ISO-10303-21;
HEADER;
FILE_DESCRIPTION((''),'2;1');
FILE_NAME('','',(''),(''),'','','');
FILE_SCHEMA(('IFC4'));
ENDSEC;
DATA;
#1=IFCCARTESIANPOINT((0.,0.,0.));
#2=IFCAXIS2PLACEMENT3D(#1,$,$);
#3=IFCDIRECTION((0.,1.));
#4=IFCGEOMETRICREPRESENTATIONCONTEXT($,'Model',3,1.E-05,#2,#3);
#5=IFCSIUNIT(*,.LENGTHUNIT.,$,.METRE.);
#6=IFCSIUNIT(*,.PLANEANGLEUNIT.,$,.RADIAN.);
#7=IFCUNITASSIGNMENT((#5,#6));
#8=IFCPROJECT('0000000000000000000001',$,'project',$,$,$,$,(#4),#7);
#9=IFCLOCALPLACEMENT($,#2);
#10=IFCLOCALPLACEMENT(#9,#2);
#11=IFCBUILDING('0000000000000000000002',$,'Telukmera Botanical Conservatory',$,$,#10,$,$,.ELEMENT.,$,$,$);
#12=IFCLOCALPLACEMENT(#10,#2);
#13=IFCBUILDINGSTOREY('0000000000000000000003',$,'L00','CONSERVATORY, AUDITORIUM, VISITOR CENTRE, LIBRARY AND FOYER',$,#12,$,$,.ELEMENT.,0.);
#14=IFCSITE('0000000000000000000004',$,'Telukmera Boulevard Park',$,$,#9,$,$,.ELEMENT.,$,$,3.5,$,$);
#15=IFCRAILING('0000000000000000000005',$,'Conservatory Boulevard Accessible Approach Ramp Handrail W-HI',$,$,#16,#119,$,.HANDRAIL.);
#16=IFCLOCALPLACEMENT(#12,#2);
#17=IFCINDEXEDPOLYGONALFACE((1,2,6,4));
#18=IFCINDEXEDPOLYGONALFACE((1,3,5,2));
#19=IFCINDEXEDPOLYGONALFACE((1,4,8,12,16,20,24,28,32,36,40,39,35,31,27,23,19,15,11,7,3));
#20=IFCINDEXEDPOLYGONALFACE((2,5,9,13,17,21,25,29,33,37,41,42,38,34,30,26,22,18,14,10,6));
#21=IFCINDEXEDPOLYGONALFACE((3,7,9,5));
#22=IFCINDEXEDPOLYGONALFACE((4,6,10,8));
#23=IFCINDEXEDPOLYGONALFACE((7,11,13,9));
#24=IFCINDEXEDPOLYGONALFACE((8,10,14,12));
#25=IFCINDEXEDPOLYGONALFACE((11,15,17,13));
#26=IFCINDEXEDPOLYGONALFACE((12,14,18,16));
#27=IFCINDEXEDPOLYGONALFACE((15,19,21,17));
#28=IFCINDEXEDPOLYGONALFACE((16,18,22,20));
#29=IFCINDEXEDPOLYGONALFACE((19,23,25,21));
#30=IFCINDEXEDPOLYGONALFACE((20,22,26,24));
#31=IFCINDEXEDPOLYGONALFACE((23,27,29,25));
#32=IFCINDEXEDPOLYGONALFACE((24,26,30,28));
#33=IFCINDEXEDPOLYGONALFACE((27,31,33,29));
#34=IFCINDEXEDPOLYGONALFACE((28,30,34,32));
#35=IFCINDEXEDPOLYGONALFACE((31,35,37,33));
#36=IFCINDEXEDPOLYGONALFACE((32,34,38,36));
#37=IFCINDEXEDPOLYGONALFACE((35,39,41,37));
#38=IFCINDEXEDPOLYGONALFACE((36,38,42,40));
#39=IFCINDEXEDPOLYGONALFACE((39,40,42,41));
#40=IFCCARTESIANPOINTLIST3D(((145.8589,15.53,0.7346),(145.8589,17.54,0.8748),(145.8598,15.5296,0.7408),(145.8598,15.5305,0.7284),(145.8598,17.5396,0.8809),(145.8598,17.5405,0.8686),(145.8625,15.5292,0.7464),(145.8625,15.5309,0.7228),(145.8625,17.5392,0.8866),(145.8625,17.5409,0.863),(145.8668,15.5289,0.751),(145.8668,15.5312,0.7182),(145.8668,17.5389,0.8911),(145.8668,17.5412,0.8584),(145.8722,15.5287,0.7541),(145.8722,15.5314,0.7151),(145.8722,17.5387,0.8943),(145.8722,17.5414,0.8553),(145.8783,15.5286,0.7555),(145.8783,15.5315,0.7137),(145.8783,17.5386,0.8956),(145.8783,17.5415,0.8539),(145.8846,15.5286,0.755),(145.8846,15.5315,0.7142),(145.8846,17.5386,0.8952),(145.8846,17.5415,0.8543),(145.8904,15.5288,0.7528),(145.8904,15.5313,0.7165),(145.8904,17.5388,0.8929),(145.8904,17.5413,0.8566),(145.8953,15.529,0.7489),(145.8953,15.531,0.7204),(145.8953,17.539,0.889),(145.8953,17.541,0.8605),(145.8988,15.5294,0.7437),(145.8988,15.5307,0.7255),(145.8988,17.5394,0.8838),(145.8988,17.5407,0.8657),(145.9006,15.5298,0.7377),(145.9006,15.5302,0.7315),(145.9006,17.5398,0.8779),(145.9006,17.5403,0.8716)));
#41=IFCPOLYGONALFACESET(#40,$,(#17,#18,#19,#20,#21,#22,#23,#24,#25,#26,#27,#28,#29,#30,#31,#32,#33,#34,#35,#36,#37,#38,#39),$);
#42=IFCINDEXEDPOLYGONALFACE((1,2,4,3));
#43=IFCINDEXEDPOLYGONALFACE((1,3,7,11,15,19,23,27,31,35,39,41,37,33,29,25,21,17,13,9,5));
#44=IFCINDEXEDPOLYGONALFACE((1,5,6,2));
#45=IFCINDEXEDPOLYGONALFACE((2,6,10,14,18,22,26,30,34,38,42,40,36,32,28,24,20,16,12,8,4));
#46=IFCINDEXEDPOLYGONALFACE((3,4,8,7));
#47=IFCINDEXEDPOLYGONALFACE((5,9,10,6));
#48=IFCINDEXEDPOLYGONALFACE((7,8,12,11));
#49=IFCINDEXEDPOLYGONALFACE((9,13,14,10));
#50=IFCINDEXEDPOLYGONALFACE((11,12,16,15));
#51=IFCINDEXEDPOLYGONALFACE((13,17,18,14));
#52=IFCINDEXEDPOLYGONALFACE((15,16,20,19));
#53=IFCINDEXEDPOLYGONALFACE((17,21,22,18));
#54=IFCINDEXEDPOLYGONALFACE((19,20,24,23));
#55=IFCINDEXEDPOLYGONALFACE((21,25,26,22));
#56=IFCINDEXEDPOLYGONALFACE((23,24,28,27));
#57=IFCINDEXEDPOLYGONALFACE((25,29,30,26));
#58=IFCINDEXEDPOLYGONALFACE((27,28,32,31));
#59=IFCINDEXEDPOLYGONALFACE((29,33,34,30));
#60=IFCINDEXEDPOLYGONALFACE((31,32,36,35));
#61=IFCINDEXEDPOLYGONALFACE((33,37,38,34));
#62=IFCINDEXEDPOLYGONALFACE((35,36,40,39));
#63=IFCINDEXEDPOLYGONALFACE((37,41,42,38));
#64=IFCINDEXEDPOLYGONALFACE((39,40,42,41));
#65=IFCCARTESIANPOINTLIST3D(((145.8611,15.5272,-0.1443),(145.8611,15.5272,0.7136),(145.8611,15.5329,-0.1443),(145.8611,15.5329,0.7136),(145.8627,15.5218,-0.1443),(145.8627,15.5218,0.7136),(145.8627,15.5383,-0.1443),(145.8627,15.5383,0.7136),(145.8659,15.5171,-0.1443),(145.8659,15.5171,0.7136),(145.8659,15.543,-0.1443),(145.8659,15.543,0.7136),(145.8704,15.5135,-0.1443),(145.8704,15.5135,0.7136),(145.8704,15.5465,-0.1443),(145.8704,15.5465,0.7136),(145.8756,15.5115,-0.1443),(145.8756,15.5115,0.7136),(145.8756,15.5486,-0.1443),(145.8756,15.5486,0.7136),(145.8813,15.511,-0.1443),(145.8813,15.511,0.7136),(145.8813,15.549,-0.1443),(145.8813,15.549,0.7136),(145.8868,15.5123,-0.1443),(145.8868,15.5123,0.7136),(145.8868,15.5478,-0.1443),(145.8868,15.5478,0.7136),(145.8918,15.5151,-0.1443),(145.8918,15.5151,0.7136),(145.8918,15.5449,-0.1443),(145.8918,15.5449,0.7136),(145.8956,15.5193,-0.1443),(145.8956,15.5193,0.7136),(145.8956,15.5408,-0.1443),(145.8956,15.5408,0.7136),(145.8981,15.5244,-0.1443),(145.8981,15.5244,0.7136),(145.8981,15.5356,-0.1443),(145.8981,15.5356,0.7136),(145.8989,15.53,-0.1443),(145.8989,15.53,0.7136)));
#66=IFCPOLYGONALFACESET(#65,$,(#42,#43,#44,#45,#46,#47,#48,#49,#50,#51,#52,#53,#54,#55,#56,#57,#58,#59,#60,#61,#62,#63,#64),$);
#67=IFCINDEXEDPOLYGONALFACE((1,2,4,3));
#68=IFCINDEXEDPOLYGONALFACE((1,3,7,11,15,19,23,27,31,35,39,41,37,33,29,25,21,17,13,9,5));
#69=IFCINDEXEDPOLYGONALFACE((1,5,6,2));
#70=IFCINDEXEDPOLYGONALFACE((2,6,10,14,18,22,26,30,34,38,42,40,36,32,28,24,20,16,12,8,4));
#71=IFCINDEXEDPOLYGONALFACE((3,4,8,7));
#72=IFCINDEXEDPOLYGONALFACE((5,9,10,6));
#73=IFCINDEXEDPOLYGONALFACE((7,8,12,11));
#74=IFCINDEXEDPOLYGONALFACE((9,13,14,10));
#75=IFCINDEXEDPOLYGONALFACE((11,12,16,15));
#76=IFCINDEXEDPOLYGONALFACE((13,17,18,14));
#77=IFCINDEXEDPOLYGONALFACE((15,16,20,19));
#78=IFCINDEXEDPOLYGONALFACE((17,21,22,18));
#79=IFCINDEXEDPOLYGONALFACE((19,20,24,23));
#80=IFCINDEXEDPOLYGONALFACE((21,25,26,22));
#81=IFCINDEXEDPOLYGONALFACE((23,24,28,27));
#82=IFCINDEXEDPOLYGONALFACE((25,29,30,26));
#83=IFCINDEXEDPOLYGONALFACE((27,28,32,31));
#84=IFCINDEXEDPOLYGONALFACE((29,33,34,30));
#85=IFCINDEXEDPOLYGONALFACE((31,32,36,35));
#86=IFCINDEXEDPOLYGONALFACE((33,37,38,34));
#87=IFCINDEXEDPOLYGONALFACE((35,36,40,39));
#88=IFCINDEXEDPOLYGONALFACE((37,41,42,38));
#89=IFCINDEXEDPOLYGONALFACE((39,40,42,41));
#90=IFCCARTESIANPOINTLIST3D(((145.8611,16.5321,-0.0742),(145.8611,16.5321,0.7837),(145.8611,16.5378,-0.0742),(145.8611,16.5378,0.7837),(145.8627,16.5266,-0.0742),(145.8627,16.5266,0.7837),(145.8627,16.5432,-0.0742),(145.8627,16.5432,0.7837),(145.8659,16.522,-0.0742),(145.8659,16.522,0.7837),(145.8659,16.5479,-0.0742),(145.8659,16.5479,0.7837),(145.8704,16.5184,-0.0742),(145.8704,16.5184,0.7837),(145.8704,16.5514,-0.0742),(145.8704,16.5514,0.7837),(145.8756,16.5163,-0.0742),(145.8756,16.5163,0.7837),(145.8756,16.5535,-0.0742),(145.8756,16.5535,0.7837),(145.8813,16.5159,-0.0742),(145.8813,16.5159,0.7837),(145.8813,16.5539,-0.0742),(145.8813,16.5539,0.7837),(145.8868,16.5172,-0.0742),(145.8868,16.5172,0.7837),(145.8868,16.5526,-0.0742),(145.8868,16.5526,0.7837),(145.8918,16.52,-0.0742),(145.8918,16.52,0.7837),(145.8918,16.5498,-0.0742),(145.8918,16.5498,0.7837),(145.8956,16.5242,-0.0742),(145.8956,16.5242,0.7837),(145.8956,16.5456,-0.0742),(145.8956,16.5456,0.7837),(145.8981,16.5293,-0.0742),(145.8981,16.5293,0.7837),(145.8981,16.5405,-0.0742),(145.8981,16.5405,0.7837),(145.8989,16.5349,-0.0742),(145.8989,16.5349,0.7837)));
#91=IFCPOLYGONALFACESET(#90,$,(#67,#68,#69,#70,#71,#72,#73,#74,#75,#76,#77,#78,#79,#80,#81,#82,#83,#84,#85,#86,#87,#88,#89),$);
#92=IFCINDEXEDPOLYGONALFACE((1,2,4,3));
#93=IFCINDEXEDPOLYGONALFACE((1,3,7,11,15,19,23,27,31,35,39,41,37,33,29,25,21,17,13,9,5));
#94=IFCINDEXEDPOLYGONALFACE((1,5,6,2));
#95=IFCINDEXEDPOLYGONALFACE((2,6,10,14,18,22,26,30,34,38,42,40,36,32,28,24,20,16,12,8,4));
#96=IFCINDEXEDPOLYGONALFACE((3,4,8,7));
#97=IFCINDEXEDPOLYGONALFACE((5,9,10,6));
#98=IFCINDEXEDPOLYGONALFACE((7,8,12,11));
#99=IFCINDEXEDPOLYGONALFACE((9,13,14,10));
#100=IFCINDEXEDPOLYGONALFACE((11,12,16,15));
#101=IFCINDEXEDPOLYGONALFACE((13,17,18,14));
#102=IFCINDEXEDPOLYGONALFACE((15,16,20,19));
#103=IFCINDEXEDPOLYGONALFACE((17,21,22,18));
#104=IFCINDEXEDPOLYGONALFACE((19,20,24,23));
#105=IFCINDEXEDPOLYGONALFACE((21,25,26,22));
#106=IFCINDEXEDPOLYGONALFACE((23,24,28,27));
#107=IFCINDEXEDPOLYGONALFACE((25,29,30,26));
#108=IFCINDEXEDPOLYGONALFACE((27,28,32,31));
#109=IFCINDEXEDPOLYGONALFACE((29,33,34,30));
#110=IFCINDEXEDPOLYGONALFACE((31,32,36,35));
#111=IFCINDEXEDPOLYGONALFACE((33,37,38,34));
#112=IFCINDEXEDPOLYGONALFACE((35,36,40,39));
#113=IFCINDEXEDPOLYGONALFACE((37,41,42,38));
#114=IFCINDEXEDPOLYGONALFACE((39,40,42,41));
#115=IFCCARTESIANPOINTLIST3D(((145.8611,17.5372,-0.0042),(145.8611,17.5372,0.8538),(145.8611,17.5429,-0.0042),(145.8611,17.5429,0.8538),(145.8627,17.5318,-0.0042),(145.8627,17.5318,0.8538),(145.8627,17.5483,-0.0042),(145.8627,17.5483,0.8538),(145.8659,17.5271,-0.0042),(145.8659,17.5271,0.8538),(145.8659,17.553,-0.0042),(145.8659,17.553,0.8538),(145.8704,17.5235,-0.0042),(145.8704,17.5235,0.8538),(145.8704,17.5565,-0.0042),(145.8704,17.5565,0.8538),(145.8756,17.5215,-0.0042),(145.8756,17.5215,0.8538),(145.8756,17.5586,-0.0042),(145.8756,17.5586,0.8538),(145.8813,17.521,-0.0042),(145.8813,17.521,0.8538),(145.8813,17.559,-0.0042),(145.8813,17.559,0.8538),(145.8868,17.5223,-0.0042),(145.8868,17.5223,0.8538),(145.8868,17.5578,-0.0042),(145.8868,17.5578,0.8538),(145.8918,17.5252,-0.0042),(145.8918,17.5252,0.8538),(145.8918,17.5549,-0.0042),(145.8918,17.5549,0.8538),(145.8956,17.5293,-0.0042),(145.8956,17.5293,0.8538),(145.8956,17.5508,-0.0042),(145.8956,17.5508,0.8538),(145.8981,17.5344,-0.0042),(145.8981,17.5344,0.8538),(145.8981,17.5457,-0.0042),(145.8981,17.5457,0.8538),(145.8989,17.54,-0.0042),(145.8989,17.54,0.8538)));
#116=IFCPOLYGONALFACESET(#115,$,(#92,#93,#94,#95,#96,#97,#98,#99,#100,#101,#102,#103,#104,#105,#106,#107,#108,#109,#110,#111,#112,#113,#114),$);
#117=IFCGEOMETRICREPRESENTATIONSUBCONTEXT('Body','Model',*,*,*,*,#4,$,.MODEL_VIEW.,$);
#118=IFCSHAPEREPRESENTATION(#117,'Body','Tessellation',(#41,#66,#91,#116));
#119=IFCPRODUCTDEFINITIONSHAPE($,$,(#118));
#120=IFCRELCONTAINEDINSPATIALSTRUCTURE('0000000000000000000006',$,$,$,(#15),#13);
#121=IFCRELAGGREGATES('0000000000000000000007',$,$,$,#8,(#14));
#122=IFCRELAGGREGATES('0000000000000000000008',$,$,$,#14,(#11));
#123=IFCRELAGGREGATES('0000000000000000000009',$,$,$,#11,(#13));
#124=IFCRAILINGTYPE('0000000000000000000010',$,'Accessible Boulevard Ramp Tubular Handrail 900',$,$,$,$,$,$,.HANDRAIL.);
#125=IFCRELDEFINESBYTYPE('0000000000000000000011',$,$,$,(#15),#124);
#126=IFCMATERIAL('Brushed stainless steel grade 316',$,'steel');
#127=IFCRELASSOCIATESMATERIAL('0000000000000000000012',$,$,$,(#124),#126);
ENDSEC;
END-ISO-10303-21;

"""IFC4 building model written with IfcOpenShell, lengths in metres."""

from ifc_helpers import new_model, si_unit, direction, frame, origin, origin_2d, place, context, subcontext, project, spatial, circle, extrude, material, type_object, element, save


model = new_model("IFC4")

# Units and contexts
model_context = context("Model", 3, precision=1e-05, world=origin(), true_north=direction((0.0, 1.0)))
body_context = subcontext(model_context, "Body", "Model", "MODEL_VIEW")
ifc_project = project(units=[si_unit("LENGTHUNIT", "METRE"), si_unit("PLANEANGLEUNIT", "RADIAN")], contexts=[model_context])

# Site, building, storey
site_placement = place(None, origin())
site = spatial("IfcSite", under=ifc_project, at=site_placement, Name="Telukmera Boulevard Park", CompositionType="ELEMENT", RefElevation=3.5)
building_placement = place(site_placement, origin())
building = spatial("IfcBuilding", under=site, at=building_placement, Name="Telukmera Botanical Conservatory", CompositionType="ELEMENT")
storey_placement = place(building_placement, origin())
storey = spatial("IfcBuildingStorey", under=building, at=storey_placement, Name="L00", Description="CONSERVATORY, AUDITORIUM, VISITOR CENTRE, LIBRARY AND FOYER", CompositionType="ELEMENT", Elevation=0.0)

# Railing
ifc_material_1 = material(Name="Brushed stainless steel grade 316", Category="steel")
railing_type = type_object("IfcRailingType", Name="Accessible Boulevard Ramp Tubular Handrail 900", PredefinedType="HANDRAIL", material=ifc_material_1)
railing_1_placement = place(storey_placement, frame((145.8799, 15.53, -0.1443)))
element("IfcRailing", 1, at=railing_1_placement, inside=storey, type_object=railing_type, Name="Conservatory Boulevard Accessible Approach Ramp Handrail W-HI", PredefinedType="HANDRAIL", context=body_context, shape_type="SweptSolid", body=[
    extrude(circle(Radius=0.021, at=origin_2d()), frame((0.0, 0.0, 0.8789), z_axis=(0.0, 0.997578, 0.069551), x_axis=(-1.0, 0.0, 0.0)), (0.0, 0.0, 1.0), 2.0149),
    extrude(circle(Radius=0.019, at=origin_2d()), origin(), (0.0, 0.0, 1.0), 0.8579),
    extrude(circle(Radius=0.019, at=origin_2d()), frame((0.0, 1.0049, 0.0701)), (0.0, 0.0, 1.0), 0.8579),
    extrude(circle(Radius=0.019, at=origin_2d()), frame((0.0, 2.01, 0.1401)), (0.0, 0.0, 1.0), 0.8579),
])

save(model, "model.ifc")
